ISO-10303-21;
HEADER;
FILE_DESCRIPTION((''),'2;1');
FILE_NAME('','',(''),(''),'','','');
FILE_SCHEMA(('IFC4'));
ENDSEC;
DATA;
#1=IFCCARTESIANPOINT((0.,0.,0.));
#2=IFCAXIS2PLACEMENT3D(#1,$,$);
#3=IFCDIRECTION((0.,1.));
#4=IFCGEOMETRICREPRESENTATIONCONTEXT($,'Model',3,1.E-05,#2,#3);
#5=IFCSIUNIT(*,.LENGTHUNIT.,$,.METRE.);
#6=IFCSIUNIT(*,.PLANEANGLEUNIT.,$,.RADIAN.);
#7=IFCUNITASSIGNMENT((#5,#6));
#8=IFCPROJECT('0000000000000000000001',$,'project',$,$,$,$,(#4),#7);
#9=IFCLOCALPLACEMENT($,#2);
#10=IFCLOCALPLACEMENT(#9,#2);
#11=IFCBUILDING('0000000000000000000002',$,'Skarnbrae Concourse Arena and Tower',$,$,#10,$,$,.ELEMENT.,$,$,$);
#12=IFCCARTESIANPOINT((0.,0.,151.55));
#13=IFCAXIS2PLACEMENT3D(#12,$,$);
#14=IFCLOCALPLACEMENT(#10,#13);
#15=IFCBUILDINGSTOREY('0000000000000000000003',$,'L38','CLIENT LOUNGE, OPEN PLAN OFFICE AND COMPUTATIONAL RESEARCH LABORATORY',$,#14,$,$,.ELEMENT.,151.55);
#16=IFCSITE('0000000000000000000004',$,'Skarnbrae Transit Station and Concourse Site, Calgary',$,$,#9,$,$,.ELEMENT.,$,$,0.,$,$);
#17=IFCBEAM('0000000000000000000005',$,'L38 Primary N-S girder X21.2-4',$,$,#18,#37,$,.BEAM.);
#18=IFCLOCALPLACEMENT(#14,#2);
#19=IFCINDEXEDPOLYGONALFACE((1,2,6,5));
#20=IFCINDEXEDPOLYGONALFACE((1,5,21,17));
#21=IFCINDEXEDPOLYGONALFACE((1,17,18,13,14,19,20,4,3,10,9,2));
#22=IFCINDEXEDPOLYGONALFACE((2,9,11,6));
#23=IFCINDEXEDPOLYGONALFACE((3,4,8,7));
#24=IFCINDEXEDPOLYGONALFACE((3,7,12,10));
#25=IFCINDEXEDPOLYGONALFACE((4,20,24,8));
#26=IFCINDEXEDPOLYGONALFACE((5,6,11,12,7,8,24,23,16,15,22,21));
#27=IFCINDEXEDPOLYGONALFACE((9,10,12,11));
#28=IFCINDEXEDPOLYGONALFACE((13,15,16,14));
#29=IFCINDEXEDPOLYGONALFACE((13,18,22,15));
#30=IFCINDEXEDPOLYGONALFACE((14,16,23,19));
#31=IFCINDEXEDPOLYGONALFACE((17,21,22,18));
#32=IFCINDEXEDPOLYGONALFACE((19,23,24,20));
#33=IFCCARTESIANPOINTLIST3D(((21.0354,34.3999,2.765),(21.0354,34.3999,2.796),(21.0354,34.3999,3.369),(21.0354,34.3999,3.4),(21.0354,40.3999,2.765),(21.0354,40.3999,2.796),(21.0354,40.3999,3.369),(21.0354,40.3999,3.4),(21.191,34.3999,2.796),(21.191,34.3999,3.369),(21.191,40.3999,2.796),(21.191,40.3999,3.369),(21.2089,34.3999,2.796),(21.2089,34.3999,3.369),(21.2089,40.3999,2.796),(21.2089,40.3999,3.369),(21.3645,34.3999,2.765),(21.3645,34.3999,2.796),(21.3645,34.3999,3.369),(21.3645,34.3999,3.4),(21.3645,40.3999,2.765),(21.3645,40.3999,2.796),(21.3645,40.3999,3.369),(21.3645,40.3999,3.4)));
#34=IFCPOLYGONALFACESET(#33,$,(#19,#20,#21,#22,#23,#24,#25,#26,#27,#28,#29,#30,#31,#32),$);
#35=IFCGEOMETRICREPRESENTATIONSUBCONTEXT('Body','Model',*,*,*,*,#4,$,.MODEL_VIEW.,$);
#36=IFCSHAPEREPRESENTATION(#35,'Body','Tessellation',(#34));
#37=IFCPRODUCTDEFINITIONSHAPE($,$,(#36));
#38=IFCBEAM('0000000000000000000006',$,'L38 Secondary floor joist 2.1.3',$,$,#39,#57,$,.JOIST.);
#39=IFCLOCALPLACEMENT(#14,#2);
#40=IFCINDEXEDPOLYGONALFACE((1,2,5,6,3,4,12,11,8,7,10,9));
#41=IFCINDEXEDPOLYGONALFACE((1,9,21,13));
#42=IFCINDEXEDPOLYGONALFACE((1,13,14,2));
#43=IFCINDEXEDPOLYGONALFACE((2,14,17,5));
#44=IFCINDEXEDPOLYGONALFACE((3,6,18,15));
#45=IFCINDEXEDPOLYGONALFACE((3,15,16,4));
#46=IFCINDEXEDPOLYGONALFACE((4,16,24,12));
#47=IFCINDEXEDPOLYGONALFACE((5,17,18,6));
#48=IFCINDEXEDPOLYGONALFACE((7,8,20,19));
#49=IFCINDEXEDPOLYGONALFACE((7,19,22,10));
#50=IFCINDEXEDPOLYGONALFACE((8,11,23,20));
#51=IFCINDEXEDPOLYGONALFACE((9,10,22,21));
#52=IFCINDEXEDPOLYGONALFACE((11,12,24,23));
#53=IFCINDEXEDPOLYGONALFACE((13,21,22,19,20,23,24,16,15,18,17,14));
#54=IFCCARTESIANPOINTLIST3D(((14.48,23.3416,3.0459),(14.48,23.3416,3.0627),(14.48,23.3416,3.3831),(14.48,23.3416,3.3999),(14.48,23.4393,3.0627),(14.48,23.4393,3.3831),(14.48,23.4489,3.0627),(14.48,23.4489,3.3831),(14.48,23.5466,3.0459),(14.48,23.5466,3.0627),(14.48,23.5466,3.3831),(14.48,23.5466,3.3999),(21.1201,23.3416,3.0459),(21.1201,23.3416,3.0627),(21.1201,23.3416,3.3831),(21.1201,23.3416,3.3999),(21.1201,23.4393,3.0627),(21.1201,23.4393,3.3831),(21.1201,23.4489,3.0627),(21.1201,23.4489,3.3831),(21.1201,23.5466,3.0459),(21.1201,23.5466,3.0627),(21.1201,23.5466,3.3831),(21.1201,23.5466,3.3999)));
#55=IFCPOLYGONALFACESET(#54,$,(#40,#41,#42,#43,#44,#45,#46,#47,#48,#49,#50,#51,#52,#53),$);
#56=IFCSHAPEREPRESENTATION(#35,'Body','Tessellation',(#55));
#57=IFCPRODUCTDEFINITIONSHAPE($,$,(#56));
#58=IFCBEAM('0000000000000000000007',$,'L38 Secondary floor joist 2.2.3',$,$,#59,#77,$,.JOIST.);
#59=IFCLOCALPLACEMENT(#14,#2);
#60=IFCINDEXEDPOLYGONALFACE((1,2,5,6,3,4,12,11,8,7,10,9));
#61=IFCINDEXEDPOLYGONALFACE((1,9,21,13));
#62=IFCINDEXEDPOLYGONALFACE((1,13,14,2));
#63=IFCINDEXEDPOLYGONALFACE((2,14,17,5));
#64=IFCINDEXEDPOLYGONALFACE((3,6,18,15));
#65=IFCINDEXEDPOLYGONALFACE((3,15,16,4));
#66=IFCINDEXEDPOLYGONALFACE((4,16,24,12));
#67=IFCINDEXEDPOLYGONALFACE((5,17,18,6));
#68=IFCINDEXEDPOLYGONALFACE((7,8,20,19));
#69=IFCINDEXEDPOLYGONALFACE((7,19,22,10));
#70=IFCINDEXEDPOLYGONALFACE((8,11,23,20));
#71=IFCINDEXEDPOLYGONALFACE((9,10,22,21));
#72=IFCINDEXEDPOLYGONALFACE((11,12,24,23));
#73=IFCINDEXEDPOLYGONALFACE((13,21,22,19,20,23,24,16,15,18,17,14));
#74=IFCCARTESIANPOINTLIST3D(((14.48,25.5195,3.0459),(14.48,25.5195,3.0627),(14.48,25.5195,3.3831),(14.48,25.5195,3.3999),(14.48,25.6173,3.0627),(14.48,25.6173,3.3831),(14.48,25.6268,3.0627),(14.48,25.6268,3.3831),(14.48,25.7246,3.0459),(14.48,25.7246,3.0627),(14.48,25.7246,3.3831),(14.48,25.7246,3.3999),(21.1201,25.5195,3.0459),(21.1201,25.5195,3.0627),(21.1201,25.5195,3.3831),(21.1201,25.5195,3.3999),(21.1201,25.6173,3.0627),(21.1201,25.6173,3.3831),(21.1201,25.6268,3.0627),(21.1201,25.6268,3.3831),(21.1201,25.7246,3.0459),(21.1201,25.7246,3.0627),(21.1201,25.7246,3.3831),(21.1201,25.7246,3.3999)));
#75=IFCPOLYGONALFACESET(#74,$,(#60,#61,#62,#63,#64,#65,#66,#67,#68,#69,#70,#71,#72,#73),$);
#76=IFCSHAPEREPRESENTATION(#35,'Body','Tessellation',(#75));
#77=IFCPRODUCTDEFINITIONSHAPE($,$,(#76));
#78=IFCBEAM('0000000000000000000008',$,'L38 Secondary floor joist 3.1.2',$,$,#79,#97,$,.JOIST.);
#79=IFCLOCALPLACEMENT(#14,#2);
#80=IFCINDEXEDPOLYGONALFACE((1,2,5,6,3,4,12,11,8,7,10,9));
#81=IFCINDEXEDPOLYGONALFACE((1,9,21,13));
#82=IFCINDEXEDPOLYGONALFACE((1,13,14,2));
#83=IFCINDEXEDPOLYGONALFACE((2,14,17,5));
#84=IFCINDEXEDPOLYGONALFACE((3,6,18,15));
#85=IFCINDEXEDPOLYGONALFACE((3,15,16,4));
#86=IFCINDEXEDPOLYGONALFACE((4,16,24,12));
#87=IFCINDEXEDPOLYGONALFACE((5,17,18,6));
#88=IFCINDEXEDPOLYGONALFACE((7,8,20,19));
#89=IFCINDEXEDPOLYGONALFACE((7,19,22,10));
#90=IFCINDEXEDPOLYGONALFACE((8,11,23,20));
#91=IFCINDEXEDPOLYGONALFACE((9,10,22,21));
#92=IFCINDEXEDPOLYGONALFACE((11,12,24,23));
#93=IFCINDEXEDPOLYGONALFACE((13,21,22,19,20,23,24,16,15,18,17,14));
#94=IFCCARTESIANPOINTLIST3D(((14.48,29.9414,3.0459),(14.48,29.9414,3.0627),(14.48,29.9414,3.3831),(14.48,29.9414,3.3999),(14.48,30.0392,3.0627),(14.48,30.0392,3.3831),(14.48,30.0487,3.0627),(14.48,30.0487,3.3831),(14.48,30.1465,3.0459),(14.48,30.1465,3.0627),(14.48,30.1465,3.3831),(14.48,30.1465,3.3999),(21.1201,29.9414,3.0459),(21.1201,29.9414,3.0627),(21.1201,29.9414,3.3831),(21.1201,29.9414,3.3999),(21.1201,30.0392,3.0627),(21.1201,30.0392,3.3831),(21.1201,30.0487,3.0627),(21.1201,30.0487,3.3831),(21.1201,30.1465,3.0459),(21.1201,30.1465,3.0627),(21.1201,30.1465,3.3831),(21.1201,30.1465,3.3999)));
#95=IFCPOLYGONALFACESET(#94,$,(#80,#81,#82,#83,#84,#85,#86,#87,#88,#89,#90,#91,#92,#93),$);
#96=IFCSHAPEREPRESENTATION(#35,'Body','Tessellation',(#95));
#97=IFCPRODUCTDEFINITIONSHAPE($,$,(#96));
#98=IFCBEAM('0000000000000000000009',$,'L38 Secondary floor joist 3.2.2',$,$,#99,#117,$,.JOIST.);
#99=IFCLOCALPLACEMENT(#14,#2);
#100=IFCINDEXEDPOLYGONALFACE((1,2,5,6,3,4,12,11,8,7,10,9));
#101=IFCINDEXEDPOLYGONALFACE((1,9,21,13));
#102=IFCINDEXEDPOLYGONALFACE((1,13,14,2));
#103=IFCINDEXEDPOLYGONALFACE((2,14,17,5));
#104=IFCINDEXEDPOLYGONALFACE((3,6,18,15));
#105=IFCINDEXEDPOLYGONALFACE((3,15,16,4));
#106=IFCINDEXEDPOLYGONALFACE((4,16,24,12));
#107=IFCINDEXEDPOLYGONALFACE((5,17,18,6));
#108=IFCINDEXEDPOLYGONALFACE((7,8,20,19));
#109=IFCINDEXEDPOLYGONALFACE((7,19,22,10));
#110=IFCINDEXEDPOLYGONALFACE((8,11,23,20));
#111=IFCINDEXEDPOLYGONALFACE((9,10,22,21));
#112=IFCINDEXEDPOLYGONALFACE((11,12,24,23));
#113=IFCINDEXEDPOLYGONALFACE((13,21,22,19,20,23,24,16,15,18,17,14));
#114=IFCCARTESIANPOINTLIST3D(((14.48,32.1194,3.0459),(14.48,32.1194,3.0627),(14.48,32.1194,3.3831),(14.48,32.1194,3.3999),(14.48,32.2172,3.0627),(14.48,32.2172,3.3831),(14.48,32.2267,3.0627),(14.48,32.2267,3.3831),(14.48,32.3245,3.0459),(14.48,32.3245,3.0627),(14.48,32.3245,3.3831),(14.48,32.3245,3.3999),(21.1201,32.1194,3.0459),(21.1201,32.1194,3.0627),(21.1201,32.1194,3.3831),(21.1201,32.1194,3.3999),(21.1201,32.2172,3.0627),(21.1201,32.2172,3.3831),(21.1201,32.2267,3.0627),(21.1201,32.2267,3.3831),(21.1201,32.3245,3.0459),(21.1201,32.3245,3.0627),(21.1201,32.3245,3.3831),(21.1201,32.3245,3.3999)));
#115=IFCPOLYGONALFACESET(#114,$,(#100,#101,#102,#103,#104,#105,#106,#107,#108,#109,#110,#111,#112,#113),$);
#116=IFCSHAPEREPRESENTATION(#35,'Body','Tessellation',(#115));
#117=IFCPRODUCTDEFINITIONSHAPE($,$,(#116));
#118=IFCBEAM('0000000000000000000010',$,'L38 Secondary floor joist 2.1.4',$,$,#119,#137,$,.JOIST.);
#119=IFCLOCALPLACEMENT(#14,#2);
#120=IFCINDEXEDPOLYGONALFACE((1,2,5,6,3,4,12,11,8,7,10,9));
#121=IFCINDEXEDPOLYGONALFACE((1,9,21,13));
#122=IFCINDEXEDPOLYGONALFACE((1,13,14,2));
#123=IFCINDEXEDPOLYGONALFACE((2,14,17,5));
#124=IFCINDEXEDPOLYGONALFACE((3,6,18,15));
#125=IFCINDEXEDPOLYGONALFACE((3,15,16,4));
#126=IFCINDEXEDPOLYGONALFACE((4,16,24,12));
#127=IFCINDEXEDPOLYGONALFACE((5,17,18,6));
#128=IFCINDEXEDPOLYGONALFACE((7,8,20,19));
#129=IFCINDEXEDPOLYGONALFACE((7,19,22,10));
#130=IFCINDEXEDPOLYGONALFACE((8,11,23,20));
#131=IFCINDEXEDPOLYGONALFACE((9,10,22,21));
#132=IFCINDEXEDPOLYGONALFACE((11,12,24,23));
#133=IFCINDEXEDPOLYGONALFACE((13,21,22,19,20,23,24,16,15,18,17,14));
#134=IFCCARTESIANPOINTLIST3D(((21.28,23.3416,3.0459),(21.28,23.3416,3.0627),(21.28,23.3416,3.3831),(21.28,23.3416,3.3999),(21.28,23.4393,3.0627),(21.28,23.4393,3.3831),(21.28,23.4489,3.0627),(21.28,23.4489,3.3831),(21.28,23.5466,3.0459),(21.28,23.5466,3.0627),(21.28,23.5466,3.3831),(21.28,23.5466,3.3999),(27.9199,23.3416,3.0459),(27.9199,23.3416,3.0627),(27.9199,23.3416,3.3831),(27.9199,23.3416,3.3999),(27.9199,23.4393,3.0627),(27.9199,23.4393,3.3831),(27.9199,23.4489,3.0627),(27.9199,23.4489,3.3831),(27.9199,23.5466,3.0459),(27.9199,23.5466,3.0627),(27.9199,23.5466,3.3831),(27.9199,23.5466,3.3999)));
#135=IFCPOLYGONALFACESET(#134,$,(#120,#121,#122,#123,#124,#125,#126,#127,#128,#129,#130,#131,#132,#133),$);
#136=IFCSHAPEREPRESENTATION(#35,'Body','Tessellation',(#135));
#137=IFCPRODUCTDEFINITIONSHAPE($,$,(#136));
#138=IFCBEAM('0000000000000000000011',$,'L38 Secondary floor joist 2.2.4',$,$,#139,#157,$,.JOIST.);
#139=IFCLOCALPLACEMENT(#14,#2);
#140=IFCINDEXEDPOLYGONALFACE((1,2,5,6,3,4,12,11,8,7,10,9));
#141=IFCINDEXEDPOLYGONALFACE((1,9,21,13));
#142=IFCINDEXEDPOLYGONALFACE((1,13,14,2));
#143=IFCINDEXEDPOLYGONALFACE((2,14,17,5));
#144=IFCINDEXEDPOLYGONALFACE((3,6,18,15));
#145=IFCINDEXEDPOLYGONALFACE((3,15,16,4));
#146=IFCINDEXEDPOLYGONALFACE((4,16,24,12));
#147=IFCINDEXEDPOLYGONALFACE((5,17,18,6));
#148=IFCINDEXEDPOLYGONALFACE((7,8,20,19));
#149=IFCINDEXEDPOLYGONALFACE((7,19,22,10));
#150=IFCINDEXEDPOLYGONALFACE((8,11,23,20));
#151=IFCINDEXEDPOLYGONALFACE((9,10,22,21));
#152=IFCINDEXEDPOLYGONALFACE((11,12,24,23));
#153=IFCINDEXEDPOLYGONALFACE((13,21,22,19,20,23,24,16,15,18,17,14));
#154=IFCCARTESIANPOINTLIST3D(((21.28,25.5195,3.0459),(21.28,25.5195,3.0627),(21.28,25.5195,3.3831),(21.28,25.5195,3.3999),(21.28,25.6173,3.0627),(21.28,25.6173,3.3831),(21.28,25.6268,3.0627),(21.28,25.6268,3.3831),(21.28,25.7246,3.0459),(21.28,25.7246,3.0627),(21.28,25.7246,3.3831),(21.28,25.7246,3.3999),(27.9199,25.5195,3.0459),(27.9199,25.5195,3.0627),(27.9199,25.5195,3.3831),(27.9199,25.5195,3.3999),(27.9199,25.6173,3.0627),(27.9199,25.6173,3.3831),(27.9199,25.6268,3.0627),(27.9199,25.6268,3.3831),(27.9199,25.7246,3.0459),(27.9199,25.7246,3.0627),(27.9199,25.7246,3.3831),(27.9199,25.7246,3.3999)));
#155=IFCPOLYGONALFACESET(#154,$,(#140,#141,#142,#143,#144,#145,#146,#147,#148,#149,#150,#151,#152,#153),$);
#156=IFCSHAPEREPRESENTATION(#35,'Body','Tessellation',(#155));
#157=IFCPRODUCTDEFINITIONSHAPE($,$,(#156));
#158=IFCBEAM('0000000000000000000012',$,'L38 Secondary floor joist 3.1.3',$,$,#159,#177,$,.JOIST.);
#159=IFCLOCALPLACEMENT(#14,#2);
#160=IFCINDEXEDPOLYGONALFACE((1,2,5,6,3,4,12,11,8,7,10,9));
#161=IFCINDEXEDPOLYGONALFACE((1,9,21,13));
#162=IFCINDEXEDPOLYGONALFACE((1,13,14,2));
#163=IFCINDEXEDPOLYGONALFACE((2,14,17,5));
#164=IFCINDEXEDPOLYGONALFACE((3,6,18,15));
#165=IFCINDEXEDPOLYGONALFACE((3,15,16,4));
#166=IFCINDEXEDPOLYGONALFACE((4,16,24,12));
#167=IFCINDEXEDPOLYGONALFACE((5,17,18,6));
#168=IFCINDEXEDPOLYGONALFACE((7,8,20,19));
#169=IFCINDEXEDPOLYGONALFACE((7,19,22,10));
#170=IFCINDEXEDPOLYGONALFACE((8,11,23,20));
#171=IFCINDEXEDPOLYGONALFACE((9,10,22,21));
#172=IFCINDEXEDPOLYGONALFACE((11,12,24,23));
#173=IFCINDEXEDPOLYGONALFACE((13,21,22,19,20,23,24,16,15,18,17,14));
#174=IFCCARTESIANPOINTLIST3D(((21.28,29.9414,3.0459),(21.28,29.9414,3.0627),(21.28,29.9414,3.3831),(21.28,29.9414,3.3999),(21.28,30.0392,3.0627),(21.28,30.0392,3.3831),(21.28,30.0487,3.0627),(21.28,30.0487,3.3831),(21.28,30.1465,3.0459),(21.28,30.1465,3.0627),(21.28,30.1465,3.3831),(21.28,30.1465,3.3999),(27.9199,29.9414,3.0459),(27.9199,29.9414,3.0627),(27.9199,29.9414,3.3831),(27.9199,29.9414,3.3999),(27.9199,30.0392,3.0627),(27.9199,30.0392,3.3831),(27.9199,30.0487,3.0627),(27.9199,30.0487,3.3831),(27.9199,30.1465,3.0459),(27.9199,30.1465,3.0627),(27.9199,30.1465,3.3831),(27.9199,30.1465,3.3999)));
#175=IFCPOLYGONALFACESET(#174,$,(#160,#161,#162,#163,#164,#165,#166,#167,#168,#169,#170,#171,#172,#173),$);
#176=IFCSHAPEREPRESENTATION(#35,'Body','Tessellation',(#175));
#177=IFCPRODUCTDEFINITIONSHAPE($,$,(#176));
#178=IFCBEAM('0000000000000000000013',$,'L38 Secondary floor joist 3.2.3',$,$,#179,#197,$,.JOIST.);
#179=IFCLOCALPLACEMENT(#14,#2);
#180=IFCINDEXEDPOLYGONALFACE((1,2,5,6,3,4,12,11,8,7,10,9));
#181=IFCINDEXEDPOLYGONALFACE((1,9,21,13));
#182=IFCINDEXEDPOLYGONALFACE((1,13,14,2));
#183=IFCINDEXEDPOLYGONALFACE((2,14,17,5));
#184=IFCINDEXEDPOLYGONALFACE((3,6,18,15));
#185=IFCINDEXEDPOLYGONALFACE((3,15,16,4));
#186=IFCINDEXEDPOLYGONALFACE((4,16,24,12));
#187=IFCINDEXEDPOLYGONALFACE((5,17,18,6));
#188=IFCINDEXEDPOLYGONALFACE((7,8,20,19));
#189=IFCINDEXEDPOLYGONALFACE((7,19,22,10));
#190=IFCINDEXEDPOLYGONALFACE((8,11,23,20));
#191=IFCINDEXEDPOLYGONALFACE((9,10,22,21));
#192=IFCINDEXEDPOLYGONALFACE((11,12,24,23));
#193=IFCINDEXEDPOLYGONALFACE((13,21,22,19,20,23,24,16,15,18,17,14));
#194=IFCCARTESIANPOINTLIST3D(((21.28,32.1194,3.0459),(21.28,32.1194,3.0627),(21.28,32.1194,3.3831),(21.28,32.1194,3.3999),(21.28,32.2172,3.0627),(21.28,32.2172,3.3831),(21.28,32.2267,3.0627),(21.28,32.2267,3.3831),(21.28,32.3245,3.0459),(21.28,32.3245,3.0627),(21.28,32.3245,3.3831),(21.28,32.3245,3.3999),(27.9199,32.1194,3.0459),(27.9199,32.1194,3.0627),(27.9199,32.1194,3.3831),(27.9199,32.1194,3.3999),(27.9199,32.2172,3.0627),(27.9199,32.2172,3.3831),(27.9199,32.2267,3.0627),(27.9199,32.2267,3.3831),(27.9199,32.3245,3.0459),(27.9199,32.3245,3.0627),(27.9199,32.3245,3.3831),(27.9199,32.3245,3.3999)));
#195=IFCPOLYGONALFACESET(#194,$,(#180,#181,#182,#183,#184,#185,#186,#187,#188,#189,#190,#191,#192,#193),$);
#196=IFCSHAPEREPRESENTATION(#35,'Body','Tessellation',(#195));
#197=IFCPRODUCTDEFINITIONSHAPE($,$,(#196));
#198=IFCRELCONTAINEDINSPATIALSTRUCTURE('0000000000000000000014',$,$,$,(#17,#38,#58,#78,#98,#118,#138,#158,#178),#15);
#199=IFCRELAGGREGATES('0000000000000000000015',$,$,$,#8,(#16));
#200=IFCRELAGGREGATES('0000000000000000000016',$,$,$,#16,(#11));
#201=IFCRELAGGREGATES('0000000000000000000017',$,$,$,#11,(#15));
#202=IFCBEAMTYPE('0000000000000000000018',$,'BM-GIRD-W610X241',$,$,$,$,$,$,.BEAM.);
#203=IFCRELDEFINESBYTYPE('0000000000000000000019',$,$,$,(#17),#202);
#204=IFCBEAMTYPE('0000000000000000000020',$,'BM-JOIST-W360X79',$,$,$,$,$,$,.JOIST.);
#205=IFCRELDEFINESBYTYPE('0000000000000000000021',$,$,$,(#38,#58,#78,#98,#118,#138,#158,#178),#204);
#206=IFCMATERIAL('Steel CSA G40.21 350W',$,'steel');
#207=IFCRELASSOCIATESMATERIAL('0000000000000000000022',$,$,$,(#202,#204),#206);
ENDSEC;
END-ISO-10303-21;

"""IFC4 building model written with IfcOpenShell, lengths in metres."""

from ifc_helpers import new_model, si_unit, direction, frame, origin, origin_2d, place, context, subcontext, project, spatial, i_section, extrude, source, transform, mapped, material, material_profile, profile_set, type_object, element, save


model = new_model("IFC4")

# Units and contexts
model_context = context("Model", 3, precision=1e-05, world=origin(), true_north=direction((0.0, 1.0)))
body_context = subcontext(model_context, "Body", "Model", "MODEL_VIEW")
ifc_project = project(units=[si_unit("LENGTHUNIT", "METRE"), si_unit("PLANEANGLEUNIT", "RADIAN")], contexts=[model_context])

# Site, building, storey
site_placement = place(None, origin())
site = spatial("IfcSite", under=ifc_project, at=site_placement, Name="Skarnbrae Transit Station and Concourse Site, Calgary", CompositionType="ELEMENT", RefElevation=0.0)
building_placement = place(site_placement, origin())
building = spatial("IfcBuilding", under=site, at=building_placement, Name="Skarnbrae Concourse Arena and Tower", CompositionType="ELEMENT")
storey_placement = place(building_placement, frame((0.0, 0.0, 151.55)))
storey = spatial("IfcBuildingStorey", under=building, at=storey_placement, Name="L38", Description="CLIENT LOUNGE, OPEN PLAN OFFICE AND COMPUTATIONAL RESEARCH LABORATORY", CompositionType="ELEMENT", Elevation=151.55)

# Shared definitions
ifc_material_1 = material(Name="Steel CSA G40.21 350W", Category="steel")

# Beams
ifc_material_profile_1 = material_profile(ifc_material_1, i_section(OverallWidth=0.3291, OverallDepth=0.635, WebThickness=0.0178, FlangeThickness=0.031, at=origin_2d()), Name="W610X241")
ifc_profile_set_1 = profile_set([ifc_material_profile_1], Name="Steel CSA G40.21 350W")
beam_type_1 = type_object("IfcBeamType", Name="BM-GIRD-W610X241", PredefinedType="BEAM", material=ifc_profile_set_1)
shared_shape_1 = source(origin(), body_context, "Body", "SweptSolid", [
    extrude(i_section(OverallWidth=0.3291, OverallDepth=0.635, WebThickness=0.0178, FlangeThickness=0.031, at=origin_2d()), origin(), (0.0, 0.0, 1.0), 6.0),
])
beam_1_placement = place(storey_placement, frame((21.2, 34.3999, 3.0825), z_axis=(0.0, 1.0, 0.0), x_axis=(-1.0, 0.0, 0.0)))
element("IfcBeam", 1, at=beam_1_placement, inside=storey, type_object=beam_type_1, Name="L38 Primary N-S girder X21.2-4", PredefinedType="BEAM", context=body_context, shape_type="MappedRepresentation", body=[
    mapped(shared_shape_1, transform((0.0, 0.0, 0.0))),
])
ifc_material_profile_2 = material_profile(ifc_material_1, i_section(OverallWidth=0.2051, OverallDepth=0.354, WebThickness=0.0095, FlangeThickness=0.0168, at=origin_2d()), Name="W360X79")
ifc_profile_set_2 = profile_set([ifc_material_profile_2], Name="Steel CSA G40.21 350W")
beam_type_2 = type_object("IfcBeamType", Name="BM-JOIST-W360X79", PredefinedType="JOIST", material=ifc_profile_set_2)
shared_shape_2 = source(origin(), body_context, "Body", "SweptSolid", [
    extrude(i_section(OverallWidth=0.2051, OverallDepth=0.354, WebThickness=0.0095, FlangeThickness=0.0168, at=origin_2d()), origin(), (0.0, 0.0, 1.0), 6.6401),
])
for number, where, z_axis, x_axis, name in (
    (2, (14.48, 23.4441, 3.2229), (1.0, 0.0, 0.0), (0.0, 1.0, 0.0), "L38 Secondary floor joist 2.1.3"),
    (3, (14.48, 25.6221, 3.2229), (1.0, 0.0, 0.0), (0.0, 1.0, 0.0), "L38 Secondary floor joist 2.2.3"),
    (4, (14.48, 30.0439, 3.2229), (1.0, 0.0, 0.0), (0.0, 1.0, 0.0), "L38 Secondary floor joist 3.1.2"),
    (5, (14.48, 32.2219, 3.2229), (1.0, 0.0, 0.0), (0.0, 1.0, 0.0), "L38 Secondary floor joist 3.2.2"),
):
    element("IfcBeam", number, at=place(storey_placement, frame(where, z_axis=z_axis, x_axis=x_axis)), inside=storey, type_object=beam_type_2, Name=name, PredefinedType="JOIST", context=body_context, shape_type="MappedRepresentation", body=[
        mapped(shared_shape_2, transform((0.0, 0.0, 0.0))),
    ])
shared_shape_3 = source(origin(), body_context, "Body", "SweptSolid", [
    extrude(i_section(OverallWidth=0.2051, OverallDepth=0.354, WebThickness=0.0095, FlangeThickness=0.0168, at=origin_2d()), origin(), (0.0, 0.0, 1.0), 6.6399),
])
for number, where, z_axis, x_axis, name in (
    (6, (21.28, 23.4441, 3.2229), (1.0, 0.0, 0.0), (0.0, 1.0, 0.0), "L38 Secondary floor joist 2.1.4"),
    (7, (21.28, 25.6221, 3.2229), (1.0, 0.0, 0.0), (0.0, 1.0, 0.0), "L38 Secondary floor joist 2.2.4"),
    (8, (21.28, 30.0439, 3.2229), (1.0, 0.0, 0.0), (0.0, 1.0, 0.0), "L38 Secondary floor joist 3.1.3"),
    (9, (21.28, 32.2219, 3.2229), (1.0, 0.0, 0.0), (0.0, 1.0, 0.0), "L38 Secondary floor joist 3.2.3"),
):
    element("IfcBeam", number, at=place(storey_placement, frame(where, z_axis=z_axis, x_axis=x_axis)), inside=storey, type_object=beam_type_2, Name=name, PredefinedType="JOIST", context=body_context, shape_type="MappedRepresentation", body=[
        mapped(shared_shape_3, transform((0.0, 0.0, 0.0))),
    ])

save(model, "model.ifc")
